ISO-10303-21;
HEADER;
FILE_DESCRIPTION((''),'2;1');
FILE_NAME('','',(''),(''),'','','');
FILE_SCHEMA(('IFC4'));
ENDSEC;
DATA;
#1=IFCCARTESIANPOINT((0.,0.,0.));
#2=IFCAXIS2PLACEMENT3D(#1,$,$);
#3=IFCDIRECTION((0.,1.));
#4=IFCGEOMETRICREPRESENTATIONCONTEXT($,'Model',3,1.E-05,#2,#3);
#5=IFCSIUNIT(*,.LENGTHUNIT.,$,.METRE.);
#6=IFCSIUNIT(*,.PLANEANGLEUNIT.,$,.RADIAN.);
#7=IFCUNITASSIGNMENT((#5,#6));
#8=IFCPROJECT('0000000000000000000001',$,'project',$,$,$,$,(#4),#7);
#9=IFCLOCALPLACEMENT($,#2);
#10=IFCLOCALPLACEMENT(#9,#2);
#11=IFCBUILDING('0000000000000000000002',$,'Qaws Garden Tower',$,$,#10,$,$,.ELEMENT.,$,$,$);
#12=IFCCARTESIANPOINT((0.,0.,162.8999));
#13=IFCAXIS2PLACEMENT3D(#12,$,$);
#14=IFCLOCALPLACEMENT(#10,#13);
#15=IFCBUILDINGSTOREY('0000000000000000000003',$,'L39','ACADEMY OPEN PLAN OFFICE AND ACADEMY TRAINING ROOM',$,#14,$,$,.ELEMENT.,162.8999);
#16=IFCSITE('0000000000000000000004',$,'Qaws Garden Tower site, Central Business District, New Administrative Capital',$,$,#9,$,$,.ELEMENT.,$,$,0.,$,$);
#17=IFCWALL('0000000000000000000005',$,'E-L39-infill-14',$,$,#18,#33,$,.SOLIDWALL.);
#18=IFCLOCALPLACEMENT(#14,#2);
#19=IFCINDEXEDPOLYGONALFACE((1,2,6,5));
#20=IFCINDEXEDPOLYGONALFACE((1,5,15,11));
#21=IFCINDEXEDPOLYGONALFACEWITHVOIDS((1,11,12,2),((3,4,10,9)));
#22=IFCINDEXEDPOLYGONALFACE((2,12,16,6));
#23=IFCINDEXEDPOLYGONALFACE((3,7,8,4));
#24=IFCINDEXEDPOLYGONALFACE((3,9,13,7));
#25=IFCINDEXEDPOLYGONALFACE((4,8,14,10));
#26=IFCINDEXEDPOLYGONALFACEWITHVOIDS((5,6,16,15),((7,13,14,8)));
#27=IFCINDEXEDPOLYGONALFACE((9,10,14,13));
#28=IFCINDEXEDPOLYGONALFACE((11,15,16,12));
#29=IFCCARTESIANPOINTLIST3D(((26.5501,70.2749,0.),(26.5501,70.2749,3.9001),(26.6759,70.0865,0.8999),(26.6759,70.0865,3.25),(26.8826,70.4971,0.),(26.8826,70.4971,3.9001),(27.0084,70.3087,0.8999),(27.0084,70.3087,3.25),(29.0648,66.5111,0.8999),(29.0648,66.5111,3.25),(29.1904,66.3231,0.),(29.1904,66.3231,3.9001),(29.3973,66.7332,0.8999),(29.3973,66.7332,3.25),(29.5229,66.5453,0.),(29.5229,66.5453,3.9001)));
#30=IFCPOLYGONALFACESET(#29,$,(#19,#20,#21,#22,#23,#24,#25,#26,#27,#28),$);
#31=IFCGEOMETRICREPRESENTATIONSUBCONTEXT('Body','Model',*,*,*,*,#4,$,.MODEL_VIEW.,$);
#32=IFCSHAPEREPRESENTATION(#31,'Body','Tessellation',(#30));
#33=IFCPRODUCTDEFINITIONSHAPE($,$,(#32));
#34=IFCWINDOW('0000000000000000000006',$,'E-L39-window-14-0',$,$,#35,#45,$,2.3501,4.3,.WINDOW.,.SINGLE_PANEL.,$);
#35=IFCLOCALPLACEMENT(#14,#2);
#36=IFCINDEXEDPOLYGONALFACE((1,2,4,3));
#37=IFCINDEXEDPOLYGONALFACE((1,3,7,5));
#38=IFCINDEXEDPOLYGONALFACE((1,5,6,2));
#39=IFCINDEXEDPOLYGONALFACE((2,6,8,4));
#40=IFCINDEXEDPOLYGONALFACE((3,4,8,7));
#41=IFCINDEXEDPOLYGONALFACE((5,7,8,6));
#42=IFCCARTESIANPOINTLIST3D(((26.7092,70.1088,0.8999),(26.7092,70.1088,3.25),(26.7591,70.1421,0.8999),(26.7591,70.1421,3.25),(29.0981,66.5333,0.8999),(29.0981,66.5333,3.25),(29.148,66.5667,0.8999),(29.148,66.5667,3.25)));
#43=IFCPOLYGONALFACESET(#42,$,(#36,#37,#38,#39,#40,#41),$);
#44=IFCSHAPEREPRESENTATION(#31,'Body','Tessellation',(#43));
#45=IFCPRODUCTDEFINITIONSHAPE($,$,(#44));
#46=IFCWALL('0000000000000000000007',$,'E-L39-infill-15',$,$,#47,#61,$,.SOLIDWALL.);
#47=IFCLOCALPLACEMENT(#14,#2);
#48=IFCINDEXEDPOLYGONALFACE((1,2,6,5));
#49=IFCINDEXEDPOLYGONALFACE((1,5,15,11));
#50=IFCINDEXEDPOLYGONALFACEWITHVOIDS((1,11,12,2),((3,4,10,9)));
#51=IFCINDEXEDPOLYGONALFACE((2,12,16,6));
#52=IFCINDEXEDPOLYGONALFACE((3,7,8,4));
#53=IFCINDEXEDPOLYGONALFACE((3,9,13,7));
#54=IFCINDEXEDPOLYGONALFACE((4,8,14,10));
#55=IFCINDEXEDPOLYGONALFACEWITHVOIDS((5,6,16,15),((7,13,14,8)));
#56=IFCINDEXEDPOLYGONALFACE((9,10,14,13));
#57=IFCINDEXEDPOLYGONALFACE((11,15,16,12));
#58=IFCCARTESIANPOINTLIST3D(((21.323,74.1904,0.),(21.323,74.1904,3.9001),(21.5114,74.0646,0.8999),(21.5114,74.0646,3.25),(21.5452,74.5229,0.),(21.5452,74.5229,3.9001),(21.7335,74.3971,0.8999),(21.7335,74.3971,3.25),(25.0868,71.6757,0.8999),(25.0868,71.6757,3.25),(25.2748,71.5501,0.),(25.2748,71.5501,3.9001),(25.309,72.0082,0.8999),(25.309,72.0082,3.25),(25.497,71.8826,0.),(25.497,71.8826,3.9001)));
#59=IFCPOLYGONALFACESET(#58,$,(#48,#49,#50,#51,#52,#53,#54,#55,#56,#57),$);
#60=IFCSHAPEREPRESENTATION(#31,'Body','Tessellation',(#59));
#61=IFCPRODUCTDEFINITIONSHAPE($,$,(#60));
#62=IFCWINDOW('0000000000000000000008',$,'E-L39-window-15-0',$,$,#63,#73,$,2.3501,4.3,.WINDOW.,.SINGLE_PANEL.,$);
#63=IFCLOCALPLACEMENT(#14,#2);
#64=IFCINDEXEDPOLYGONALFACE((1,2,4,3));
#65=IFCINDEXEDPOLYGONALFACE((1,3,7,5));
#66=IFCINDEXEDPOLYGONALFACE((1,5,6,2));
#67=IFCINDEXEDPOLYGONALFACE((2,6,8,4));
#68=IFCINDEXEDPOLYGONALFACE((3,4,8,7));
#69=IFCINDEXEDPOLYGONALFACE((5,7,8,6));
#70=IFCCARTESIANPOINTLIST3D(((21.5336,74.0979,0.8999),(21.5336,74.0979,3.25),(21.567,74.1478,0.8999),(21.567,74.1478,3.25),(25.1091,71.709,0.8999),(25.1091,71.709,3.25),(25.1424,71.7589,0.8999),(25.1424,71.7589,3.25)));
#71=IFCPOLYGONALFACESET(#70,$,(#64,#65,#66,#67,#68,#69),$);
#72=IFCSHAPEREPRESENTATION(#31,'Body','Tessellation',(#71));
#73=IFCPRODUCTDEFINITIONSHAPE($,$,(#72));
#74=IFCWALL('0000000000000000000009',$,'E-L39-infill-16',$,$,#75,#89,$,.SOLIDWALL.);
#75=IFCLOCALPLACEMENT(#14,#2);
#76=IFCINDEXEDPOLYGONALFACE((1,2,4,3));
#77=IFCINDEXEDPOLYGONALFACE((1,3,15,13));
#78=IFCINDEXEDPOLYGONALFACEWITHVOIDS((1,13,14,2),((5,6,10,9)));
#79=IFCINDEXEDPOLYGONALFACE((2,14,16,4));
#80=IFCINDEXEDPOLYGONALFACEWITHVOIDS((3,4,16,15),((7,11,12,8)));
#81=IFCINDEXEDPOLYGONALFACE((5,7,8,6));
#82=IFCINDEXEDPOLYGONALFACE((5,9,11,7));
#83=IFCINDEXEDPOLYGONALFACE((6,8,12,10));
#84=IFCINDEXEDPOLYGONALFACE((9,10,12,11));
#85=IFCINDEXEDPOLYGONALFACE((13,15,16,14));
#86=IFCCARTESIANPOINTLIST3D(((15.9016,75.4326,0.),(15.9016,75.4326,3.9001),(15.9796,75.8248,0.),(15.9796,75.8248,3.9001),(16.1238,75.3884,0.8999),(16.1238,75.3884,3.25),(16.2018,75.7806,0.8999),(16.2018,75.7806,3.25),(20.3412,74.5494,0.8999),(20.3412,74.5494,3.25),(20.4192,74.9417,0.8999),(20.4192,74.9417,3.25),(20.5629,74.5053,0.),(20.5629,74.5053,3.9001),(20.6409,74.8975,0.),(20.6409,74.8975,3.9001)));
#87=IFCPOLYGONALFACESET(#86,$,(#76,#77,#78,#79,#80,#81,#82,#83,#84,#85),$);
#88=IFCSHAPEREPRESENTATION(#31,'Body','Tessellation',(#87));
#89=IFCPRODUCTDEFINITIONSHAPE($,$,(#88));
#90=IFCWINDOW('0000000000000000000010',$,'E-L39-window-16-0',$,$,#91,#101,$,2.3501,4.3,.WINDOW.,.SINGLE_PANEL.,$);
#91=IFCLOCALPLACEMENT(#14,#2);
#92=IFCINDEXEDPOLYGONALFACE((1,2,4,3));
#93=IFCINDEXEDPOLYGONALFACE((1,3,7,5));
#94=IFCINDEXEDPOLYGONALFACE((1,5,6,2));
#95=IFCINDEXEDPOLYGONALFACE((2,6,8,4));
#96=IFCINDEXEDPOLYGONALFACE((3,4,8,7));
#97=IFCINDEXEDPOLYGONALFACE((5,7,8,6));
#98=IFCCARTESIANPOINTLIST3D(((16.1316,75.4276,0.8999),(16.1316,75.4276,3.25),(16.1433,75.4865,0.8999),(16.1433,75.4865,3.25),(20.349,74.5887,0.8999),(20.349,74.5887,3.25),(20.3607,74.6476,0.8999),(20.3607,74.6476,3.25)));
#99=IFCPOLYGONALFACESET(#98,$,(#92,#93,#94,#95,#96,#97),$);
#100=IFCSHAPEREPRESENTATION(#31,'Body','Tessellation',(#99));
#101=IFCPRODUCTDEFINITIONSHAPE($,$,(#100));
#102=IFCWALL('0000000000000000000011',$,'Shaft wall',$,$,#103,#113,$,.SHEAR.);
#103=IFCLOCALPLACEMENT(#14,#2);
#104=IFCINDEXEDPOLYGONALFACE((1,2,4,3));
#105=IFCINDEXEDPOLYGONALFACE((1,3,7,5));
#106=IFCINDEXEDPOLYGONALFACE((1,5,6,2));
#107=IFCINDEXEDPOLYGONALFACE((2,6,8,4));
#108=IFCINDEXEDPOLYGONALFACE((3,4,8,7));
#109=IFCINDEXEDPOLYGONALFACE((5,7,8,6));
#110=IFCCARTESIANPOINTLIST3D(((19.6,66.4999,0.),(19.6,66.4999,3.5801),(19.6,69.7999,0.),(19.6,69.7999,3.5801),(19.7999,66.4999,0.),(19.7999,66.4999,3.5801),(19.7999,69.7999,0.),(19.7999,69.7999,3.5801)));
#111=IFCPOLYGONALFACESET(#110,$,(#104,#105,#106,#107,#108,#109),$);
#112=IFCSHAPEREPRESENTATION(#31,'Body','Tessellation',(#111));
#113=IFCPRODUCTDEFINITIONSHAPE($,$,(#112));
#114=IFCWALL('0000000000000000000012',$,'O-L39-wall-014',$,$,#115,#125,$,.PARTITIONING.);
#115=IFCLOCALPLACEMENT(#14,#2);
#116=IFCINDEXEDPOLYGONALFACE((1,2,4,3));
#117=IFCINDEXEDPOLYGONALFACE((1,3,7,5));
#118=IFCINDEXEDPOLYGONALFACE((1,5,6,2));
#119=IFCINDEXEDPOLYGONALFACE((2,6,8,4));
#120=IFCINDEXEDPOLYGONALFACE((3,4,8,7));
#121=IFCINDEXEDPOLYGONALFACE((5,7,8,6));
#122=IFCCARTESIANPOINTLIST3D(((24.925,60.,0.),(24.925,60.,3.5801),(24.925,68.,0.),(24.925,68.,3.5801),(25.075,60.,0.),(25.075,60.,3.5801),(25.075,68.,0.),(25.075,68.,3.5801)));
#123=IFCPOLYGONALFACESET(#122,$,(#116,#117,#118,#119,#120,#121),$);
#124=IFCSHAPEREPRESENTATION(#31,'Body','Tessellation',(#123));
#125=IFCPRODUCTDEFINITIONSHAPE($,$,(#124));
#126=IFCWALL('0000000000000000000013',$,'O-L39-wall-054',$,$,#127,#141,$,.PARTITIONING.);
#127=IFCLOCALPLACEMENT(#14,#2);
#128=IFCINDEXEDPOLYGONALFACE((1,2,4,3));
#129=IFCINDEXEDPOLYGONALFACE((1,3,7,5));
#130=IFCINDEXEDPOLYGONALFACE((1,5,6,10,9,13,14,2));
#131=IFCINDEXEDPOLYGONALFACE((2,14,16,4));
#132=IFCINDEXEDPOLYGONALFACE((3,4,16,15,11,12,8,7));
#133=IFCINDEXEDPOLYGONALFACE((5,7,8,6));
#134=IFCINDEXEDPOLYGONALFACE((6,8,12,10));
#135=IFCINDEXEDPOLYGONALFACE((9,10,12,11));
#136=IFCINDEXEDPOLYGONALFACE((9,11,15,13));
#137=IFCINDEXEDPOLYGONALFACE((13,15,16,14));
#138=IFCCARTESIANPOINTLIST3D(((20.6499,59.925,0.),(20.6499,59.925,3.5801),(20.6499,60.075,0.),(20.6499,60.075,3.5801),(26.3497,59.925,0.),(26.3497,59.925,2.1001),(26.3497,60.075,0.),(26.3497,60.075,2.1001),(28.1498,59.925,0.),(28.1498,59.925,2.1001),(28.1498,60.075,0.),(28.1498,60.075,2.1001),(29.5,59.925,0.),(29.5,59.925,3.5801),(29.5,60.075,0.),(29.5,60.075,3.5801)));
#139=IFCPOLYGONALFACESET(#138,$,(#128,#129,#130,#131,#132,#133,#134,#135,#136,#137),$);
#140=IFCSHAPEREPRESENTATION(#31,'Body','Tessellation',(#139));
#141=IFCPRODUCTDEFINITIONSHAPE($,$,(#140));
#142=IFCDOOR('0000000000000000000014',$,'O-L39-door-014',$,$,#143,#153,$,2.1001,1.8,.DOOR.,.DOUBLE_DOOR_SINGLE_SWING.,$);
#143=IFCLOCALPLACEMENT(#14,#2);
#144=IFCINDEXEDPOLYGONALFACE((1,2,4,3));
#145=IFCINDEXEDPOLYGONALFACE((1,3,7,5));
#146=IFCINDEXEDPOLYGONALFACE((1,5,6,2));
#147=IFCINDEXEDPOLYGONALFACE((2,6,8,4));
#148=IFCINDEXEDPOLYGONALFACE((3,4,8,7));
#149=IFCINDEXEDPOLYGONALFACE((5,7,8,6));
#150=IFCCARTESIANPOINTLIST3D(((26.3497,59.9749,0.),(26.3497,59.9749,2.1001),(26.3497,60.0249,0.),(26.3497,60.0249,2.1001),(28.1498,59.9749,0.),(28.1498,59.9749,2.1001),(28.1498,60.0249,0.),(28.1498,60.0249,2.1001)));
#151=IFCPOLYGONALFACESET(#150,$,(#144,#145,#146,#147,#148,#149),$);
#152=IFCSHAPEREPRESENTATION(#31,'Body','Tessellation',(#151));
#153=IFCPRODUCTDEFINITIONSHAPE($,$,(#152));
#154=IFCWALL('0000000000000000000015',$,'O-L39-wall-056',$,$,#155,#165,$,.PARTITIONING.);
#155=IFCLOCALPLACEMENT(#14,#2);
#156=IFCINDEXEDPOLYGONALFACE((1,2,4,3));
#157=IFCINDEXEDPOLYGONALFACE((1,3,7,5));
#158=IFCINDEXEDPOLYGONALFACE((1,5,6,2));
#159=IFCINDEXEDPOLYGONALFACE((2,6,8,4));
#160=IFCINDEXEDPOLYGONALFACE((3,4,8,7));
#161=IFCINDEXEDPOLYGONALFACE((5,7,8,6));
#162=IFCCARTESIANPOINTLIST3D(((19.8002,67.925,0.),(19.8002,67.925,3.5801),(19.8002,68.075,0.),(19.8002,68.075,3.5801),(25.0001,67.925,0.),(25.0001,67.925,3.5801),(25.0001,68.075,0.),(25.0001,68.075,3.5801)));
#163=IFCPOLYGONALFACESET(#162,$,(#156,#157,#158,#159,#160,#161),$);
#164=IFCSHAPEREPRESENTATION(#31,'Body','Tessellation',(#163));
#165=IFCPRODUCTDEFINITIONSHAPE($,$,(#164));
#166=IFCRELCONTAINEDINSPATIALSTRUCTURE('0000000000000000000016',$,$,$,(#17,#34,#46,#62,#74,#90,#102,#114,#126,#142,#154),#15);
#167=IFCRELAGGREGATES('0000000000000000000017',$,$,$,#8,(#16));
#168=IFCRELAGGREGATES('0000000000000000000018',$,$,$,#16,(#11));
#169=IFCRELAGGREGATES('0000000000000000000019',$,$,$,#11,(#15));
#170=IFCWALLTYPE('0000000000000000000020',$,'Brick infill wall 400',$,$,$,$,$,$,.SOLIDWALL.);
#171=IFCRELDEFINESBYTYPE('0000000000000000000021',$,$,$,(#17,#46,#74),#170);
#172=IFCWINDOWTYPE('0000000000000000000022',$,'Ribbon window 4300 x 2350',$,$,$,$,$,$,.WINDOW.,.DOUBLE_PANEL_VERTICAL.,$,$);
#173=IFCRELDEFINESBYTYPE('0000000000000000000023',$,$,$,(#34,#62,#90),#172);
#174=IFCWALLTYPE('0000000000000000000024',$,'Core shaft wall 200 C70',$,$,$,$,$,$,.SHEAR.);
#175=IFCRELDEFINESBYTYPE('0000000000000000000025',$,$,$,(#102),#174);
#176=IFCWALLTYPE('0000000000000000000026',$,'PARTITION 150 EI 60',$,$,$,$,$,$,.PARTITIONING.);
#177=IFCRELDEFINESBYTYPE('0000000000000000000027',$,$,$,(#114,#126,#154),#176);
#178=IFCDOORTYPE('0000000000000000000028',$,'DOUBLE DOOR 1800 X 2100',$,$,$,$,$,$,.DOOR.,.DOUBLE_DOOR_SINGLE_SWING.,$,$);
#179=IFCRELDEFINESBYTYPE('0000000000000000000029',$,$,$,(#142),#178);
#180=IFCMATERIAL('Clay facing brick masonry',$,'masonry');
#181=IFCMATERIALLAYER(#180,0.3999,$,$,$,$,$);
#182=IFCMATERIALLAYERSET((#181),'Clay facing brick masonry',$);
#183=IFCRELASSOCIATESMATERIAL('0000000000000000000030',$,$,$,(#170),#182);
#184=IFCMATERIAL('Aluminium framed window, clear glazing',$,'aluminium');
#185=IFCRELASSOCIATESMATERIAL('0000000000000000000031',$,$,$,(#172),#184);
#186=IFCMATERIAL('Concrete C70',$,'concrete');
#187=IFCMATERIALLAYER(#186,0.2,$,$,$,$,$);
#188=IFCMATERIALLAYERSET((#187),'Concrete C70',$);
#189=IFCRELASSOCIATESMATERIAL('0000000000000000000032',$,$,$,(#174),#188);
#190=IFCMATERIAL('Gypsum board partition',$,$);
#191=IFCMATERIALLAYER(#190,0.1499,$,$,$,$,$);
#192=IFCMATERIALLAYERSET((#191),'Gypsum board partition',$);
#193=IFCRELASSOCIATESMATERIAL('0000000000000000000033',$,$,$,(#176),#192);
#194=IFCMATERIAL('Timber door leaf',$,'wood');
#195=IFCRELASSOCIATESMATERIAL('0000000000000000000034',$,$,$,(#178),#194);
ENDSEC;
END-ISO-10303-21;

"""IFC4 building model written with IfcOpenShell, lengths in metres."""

from ifc_helpers import new_model, si_unit, direction, frame, frame_2d, origin, place, context, subcontext, project, spatial, rectangle, extrude, material, layer, layer_set, type_object, element, fill, save


model = new_model("IFC4")

# Units and contexts
model_context = context("Model", 3, precision=1e-05, world=origin(), true_north=direction((0.0, 1.0)))
body_context = subcontext(model_context, "Body", "Model", "MODEL_VIEW")
ifc_project = project(units=[si_unit("LENGTHUNIT", "METRE"), si_unit("PLANEANGLEUNIT", "RADIAN")], contexts=[model_context])

# Site, building, storey
site_placement = place(None, origin())
site = spatial("IfcSite", under=ifc_project, at=site_placement, Name="Qaws Garden Tower site, Central Business District, New Administrative Capital", CompositionType="ELEMENT", RefElevation=0.0)
building_placement = place(site_placement, origin())
building = spatial("IfcBuilding", under=site, at=building_placement, Name="Qaws Garden Tower", CompositionType="ELEMENT")
storey_placement = place(building_placement, frame((0.0, 0.0, 162.8999)))
storey = spatial("IfcBuildingStorey", under=building, at=storey_placement, Name="L39", Description="ACADEMY OPEN PLAN OFFICE AND ACADEMY TRAINING ROOM", CompositionType="ELEMENT", Elevation=162.8999)

# Walls, openings, windows
ifc_material_1 = material(Name="Clay facing brick masonry", Category="masonry")
ifc_layer_1 = layer(ifc_material_1, 0.3999)
ifc_layer_set_1 = layer_set([ifc_layer_1], Name="Clay facing brick masonry")
wall_type_1 = type_object("IfcWallType", Name="Brick infill wall 400", PredefinedType="SOLIDWALL", material=ifc_layer_set_1)
ifc_material_2 = material(Name="Aluminium framed window, clear glazing", Category="aluminium")
window_type = type_object("IfcWindowType", Name="Ribbon window 4300 x 2350", PartitioningType="DOUBLE_PANEL_VERTICAL", PredefinedType="WINDOW", material=ifc_material_2)
wall_1_placement = place(storey_placement, frame((29.3567, 66.4341, 0.0), z_axis=(0.0, 0.0, 1.0), x_axis=(-0.555542, 0.831489, 0.0)))
wall_1 = element("IfcWall", 1, at=wall_1_placement, inside=storey, type_object=wall_type_1, Name="E-L39-infill-14", PredefinedType="SOLIDWALL", context=body_context, shape_type="SweptSolid", body=[
    extrude(rectangle(XDim=4.7527, YDim=0.3999, at=frame_2d((2.3765, 0.0))), origin(), (0.0, 0.0, 1.0), 3.9001),
])
opening_1_placement = place(wall_1_placement, frame((0.2263, 0.0, 0.8999)))
opening_1 = element("IfcOpeningElement", 2, at=opening_1_placement, cuts=wall_1, PredefinedType="OPENING", context=body_context, shape_type="SweptSolid", body=[
    extrude(rectangle(XDim=4.3, YDim=2.3501, at=frame_2d((2.1499, 1.175))), frame((0.0, 0.21, 0.0), z_axis=(0.0, -1.0, 0.0), x_axis=(1.0, 0.0, 0.0)), (0.0, 0.0, 1.0), 0.4199),
])
window_1_placement = place(opening_1_placement, origin())
window_1 = element("IfcWindow", 3, at=window_1_placement, inside=storey, type_object=window_type, Name="E-L39-window-14-0", OverallHeight=2.3501, OverallWidth=4.3, PartitioningType="SINGLE_PANEL", PredefinedType="WINDOW", context=body_context, shape_type="SweptSolid", body=[
    extrude(rectangle(XDim=4.3, YDim=2.3501, at=frame_2d((2.1499, 1.175))), frame((0.0, 0.1599, 0.0), z_axis=(0.0, -1.0, 0.0), x_axis=(1.0, 0.0, 0.0)), (0.0, 0.0, 1.0), 0.0601),
])
fill(opening_1, window_1)
wall_2_placement = place(storey_placement, frame((25.386, 71.7163, 0.0), z_axis=(0.0, 0.0, 1.0), x_axis=(-0.831489, 0.555542, 0.0)))
wall_2 = element("IfcWall", 4, at=wall_2_placement, inside=storey, type_object=wall_type_1, Name="E-L39-infill-15", PredefinedType="SOLIDWALL", context=body_context, shape_type="SweptSolid", body=[
    extrude(rectangle(XDim=4.7527, YDim=0.3999, at=frame_2d((2.3765, 0.0))), origin(), (0.0, 0.0, 1.0), 3.9001),
])
opening_2_placement = place(wall_2_placement, frame((0.2263, 0.0, 0.8999)))
opening_2 = element("IfcOpeningElement", 5, at=opening_2_placement, cuts=wall_2, PredefinedType="OPENING", context=body_context, shape_type="SweptSolid", body=[
    extrude(rectangle(XDim=4.3, YDim=2.3501, at=frame_2d((2.1499, 1.175))), frame((0.0, 0.21, 0.0), z_axis=(0.0, -1.0, 0.0), x_axis=(1.0, 0.0, 0.0)), (0.0, 0.0, 1.0), 0.4199),
])
window_2_placement = place(opening_2_placement, origin())
window_2 = element("IfcWindow", 6, at=window_2_placement, inside=storey, type_object=window_type, Name="E-L39-window-15-0", OverallHeight=2.3501, OverallWidth=4.3, PartitioningType="SINGLE_PANEL", PredefinedType="WINDOW", context=body_context, shape_type="SweptSolid", body=[
    extrude(rectangle(XDim=4.3, YDim=2.3501, at=frame_2d((2.1499, 1.175))), frame((0.0, 0.1599, 0.0), z_axis=(0.0, -1.0, 0.0), x_axis=(1.0, 0.0, 0.0)), (0.0, 0.0, 1.0), 0.0601),
])
fill(opening_2, window_2)
wall_3_placement = place(storey_placement, frame((20.6021, 74.7014, 0.0), z_axis=(0.0, 0.0, 1.0), x_axis=(-0.980784, 0.195099, 0.0)))
wall_3 = element("IfcWall", 7, at=wall_3_placement, inside=storey, type_object=wall_type_1, Name="E-L39-infill-16", PredefinedType="SOLIDWALL", context=body_context, shape_type="SweptSolid", body=[
    extrude(rectangle(XDim=4.7527, YDim=0.3999, at=frame_2d((2.3765, 0.0))), origin(), (0.0, 0.0, 1.0), 3.9001),
])
opening_3_placement = place(wall_3_placement, frame((0.2263, 0.0, 0.8999)))
opening_3 = element("IfcOpeningElement", 8, at=opening_3_placement, cuts=wall_3, PredefinedType="OPENING", context=body_context, shape_type="SweptSolid", body=[
    extrude(rectangle(XDim=4.3, YDim=2.3501, at=frame_2d((2.1499, 1.175))), frame((0.0, 0.21, 0.0), z_axis=(0.0, -1.0, 0.0), x_axis=(1.0, 0.0, 0.0)), (0.0, 0.0, 1.0), 0.4199),
])
window_3_placement = place(opening_3_placement, origin())
window_3 = element("IfcWindow", 9, at=window_3_placement, inside=storey, type_object=window_type, Name="E-L39-window-16-0", OverallHeight=2.3501, OverallWidth=4.3, PartitioningType="SINGLE_PANEL", PredefinedType="WINDOW", context=body_context, shape_type="SweptSolid", body=[
    extrude(rectangle(XDim=4.3, YDim=2.3501, at=frame_2d((2.1499, 1.175))), frame((0.0, 0.1599, 0.0), z_axis=(0.0, -1.0, 0.0), x_axis=(1.0, 0.0, 0.0)), (0.0, 0.0, 1.0), 0.0601),
])
fill(opening_3, window_3)

# Walls
ifc_material_3 = material(Name="Concrete C70", Category="concrete")
ifc_layer_2 = layer(ifc_material_3, 0.2)
ifc_layer_set_2 = layer_set([ifc_layer_2], Name="Concrete C70")
wall_type_2 = type_object("IfcWallType", Name="Core shaft wall 200 C70", PredefinedType="SHEAR", material=ifc_layer_set_2)
wall_4_placement = place(storey_placement, frame((19.7, 66.5, 0.0), z_axis=(0.0, 0.0, 1.0), x_axis=(0.0, 1.0, 0.0)))
element("IfcWall", 10, at=wall_4_placement, inside=storey, type_object=wall_type_2, Name="Shaft wall", PredefinedType="SHEAR", context=body_context, shape_type="SweptSolid", body=[
    extrude(rectangle(XDim=3.3, YDim=0.2, at=frame_2d((1.6499, 0.0))), origin(), (0.0, 0.0, 1.0), 3.5801),
])
ifc_material_4 = material(Name="Gypsum board partition")
ifc_layer_3 = layer(ifc_material_4, 0.1499)
ifc_layer_set_3 = layer_set([ifc_layer_3], Name="Gypsum board partition")
wall_type_3 = type_object("IfcWallType", Name="PARTITION 150 EI 60", PredefinedType="PARTITIONING", material=ifc_layer_set_3)
wall_5_placement = place(storey_placement, frame((25.0, 60.0, 0.0), z_axis=(0.0, 0.0, 1.0), x_axis=(0.0, 1.0, 0.0)))
element("IfcWall", 11, at=wall_5_placement, inside=storey, type_object=wall_type_3, Name="O-L39-wall-014", PredefinedType="PARTITIONING", context=body_context, shape_type="SweptSolid", body=[
    extrude(rectangle(XDim=8.0, YDim=0.1499, at=frame_2d((4.0, 0.0))), origin(), (0.0, 0.0, 1.0), 3.5801),
])

# Wall, opening, door
wall_6_placement = place(storey_placement, frame((20.6499, 60.0, 0.0), z_axis=(0.0, 0.0, 1.0), x_axis=(1.0, 0.0, 0.0)))
wall_6 = element("IfcWall", 12, at=wall_6_placement, inside=storey, type_object=wall_type_3, Name="O-L39-wall-054", PredefinedType="PARTITIONING", context=body_context, shape_type="SweptSolid", body=[
    extrude(rectangle(XDim=8.8501, YDim=0.1499, at=frame_2d((4.425, 0.0))), origin(), (0.0, 0.0, 1.0), 3.5801),
])
opening_4_placement = place(wall_6_placement, frame((5.7, 0.0, 0.0)))
opening_4 = element("IfcOpeningElement", 13, at=opening_4_placement, cuts=wall_6, PredefinedType="OPENING", context=body_context, shape_type="SweptSolid", body=[
    extrude(rectangle(XDim=1.8, YDim=2.1001, at=frame_2d((0.8999, 1.05))), frame((0.0, 0.085, 0.0), z_axis=(0.0, -1.0, 0.0), x_axis=(1.0, 0.0, 0.0)), (0.0, 0.0, 1.0), 0.1699),
])
ifc_material_5 = material(Name="Timber door leaf", Category="wood")
door_type = type_object("IfcDoorType", Name="DOUBLE DOOR 1800 X 2100", OperationType="DOUBLE_DOOR_SINGLE_SWING", PredefinedType="DOOR", material=ifc_material_5)
door_placement = place(opening_4_placement, origin())
door = element("IfcDoor", 14, at=door_placement, inside=storey, type_object=door_type, Name="O-L39-door-014", OperationType="DOUBLE_DOOR_SINGLE_SWING", OverallHeight=2.1001, OverallWidth=1.8, PredefinedType="DOOR", context=body_context, shape_type="SweptSolid", body=[
    extrude(rectangle(XDim=1.8, YDim=2.1001, at=frame_2d((0.8999, 1.05))), frame((0.0, 0.0249, 0.0), z_axis=(0.0, -1.0, 0.0), x_axis=(1.0, 0.0, 0.0)), (0.0, 0.0, 1.0), 0.05),
])
fill(opening_4, door)

# Wall
wall_7_placement = place(storey_placement, frame((19.8, 68.0, 0.0), z_axis=(0.0, 0.0, 1.0), x_axis=(1.0, 0.0, 0.0)))
element("IfcWall", 15, at=wall_7_placement, inside=storey, type_object=wall_type_3, Name="O-L39-wall-056", PredefinedType="PARTITIONING", context=body_context, shape_type="SweptSolid", body=[
    extrude(rectangle(XDim=5.2, YDim=0.1499, at=frame_2d((2.6001, 0.0))), origin(), (0.0, 0.0, 1.0), 3.5801),
])

save(model, "model.ifc")
